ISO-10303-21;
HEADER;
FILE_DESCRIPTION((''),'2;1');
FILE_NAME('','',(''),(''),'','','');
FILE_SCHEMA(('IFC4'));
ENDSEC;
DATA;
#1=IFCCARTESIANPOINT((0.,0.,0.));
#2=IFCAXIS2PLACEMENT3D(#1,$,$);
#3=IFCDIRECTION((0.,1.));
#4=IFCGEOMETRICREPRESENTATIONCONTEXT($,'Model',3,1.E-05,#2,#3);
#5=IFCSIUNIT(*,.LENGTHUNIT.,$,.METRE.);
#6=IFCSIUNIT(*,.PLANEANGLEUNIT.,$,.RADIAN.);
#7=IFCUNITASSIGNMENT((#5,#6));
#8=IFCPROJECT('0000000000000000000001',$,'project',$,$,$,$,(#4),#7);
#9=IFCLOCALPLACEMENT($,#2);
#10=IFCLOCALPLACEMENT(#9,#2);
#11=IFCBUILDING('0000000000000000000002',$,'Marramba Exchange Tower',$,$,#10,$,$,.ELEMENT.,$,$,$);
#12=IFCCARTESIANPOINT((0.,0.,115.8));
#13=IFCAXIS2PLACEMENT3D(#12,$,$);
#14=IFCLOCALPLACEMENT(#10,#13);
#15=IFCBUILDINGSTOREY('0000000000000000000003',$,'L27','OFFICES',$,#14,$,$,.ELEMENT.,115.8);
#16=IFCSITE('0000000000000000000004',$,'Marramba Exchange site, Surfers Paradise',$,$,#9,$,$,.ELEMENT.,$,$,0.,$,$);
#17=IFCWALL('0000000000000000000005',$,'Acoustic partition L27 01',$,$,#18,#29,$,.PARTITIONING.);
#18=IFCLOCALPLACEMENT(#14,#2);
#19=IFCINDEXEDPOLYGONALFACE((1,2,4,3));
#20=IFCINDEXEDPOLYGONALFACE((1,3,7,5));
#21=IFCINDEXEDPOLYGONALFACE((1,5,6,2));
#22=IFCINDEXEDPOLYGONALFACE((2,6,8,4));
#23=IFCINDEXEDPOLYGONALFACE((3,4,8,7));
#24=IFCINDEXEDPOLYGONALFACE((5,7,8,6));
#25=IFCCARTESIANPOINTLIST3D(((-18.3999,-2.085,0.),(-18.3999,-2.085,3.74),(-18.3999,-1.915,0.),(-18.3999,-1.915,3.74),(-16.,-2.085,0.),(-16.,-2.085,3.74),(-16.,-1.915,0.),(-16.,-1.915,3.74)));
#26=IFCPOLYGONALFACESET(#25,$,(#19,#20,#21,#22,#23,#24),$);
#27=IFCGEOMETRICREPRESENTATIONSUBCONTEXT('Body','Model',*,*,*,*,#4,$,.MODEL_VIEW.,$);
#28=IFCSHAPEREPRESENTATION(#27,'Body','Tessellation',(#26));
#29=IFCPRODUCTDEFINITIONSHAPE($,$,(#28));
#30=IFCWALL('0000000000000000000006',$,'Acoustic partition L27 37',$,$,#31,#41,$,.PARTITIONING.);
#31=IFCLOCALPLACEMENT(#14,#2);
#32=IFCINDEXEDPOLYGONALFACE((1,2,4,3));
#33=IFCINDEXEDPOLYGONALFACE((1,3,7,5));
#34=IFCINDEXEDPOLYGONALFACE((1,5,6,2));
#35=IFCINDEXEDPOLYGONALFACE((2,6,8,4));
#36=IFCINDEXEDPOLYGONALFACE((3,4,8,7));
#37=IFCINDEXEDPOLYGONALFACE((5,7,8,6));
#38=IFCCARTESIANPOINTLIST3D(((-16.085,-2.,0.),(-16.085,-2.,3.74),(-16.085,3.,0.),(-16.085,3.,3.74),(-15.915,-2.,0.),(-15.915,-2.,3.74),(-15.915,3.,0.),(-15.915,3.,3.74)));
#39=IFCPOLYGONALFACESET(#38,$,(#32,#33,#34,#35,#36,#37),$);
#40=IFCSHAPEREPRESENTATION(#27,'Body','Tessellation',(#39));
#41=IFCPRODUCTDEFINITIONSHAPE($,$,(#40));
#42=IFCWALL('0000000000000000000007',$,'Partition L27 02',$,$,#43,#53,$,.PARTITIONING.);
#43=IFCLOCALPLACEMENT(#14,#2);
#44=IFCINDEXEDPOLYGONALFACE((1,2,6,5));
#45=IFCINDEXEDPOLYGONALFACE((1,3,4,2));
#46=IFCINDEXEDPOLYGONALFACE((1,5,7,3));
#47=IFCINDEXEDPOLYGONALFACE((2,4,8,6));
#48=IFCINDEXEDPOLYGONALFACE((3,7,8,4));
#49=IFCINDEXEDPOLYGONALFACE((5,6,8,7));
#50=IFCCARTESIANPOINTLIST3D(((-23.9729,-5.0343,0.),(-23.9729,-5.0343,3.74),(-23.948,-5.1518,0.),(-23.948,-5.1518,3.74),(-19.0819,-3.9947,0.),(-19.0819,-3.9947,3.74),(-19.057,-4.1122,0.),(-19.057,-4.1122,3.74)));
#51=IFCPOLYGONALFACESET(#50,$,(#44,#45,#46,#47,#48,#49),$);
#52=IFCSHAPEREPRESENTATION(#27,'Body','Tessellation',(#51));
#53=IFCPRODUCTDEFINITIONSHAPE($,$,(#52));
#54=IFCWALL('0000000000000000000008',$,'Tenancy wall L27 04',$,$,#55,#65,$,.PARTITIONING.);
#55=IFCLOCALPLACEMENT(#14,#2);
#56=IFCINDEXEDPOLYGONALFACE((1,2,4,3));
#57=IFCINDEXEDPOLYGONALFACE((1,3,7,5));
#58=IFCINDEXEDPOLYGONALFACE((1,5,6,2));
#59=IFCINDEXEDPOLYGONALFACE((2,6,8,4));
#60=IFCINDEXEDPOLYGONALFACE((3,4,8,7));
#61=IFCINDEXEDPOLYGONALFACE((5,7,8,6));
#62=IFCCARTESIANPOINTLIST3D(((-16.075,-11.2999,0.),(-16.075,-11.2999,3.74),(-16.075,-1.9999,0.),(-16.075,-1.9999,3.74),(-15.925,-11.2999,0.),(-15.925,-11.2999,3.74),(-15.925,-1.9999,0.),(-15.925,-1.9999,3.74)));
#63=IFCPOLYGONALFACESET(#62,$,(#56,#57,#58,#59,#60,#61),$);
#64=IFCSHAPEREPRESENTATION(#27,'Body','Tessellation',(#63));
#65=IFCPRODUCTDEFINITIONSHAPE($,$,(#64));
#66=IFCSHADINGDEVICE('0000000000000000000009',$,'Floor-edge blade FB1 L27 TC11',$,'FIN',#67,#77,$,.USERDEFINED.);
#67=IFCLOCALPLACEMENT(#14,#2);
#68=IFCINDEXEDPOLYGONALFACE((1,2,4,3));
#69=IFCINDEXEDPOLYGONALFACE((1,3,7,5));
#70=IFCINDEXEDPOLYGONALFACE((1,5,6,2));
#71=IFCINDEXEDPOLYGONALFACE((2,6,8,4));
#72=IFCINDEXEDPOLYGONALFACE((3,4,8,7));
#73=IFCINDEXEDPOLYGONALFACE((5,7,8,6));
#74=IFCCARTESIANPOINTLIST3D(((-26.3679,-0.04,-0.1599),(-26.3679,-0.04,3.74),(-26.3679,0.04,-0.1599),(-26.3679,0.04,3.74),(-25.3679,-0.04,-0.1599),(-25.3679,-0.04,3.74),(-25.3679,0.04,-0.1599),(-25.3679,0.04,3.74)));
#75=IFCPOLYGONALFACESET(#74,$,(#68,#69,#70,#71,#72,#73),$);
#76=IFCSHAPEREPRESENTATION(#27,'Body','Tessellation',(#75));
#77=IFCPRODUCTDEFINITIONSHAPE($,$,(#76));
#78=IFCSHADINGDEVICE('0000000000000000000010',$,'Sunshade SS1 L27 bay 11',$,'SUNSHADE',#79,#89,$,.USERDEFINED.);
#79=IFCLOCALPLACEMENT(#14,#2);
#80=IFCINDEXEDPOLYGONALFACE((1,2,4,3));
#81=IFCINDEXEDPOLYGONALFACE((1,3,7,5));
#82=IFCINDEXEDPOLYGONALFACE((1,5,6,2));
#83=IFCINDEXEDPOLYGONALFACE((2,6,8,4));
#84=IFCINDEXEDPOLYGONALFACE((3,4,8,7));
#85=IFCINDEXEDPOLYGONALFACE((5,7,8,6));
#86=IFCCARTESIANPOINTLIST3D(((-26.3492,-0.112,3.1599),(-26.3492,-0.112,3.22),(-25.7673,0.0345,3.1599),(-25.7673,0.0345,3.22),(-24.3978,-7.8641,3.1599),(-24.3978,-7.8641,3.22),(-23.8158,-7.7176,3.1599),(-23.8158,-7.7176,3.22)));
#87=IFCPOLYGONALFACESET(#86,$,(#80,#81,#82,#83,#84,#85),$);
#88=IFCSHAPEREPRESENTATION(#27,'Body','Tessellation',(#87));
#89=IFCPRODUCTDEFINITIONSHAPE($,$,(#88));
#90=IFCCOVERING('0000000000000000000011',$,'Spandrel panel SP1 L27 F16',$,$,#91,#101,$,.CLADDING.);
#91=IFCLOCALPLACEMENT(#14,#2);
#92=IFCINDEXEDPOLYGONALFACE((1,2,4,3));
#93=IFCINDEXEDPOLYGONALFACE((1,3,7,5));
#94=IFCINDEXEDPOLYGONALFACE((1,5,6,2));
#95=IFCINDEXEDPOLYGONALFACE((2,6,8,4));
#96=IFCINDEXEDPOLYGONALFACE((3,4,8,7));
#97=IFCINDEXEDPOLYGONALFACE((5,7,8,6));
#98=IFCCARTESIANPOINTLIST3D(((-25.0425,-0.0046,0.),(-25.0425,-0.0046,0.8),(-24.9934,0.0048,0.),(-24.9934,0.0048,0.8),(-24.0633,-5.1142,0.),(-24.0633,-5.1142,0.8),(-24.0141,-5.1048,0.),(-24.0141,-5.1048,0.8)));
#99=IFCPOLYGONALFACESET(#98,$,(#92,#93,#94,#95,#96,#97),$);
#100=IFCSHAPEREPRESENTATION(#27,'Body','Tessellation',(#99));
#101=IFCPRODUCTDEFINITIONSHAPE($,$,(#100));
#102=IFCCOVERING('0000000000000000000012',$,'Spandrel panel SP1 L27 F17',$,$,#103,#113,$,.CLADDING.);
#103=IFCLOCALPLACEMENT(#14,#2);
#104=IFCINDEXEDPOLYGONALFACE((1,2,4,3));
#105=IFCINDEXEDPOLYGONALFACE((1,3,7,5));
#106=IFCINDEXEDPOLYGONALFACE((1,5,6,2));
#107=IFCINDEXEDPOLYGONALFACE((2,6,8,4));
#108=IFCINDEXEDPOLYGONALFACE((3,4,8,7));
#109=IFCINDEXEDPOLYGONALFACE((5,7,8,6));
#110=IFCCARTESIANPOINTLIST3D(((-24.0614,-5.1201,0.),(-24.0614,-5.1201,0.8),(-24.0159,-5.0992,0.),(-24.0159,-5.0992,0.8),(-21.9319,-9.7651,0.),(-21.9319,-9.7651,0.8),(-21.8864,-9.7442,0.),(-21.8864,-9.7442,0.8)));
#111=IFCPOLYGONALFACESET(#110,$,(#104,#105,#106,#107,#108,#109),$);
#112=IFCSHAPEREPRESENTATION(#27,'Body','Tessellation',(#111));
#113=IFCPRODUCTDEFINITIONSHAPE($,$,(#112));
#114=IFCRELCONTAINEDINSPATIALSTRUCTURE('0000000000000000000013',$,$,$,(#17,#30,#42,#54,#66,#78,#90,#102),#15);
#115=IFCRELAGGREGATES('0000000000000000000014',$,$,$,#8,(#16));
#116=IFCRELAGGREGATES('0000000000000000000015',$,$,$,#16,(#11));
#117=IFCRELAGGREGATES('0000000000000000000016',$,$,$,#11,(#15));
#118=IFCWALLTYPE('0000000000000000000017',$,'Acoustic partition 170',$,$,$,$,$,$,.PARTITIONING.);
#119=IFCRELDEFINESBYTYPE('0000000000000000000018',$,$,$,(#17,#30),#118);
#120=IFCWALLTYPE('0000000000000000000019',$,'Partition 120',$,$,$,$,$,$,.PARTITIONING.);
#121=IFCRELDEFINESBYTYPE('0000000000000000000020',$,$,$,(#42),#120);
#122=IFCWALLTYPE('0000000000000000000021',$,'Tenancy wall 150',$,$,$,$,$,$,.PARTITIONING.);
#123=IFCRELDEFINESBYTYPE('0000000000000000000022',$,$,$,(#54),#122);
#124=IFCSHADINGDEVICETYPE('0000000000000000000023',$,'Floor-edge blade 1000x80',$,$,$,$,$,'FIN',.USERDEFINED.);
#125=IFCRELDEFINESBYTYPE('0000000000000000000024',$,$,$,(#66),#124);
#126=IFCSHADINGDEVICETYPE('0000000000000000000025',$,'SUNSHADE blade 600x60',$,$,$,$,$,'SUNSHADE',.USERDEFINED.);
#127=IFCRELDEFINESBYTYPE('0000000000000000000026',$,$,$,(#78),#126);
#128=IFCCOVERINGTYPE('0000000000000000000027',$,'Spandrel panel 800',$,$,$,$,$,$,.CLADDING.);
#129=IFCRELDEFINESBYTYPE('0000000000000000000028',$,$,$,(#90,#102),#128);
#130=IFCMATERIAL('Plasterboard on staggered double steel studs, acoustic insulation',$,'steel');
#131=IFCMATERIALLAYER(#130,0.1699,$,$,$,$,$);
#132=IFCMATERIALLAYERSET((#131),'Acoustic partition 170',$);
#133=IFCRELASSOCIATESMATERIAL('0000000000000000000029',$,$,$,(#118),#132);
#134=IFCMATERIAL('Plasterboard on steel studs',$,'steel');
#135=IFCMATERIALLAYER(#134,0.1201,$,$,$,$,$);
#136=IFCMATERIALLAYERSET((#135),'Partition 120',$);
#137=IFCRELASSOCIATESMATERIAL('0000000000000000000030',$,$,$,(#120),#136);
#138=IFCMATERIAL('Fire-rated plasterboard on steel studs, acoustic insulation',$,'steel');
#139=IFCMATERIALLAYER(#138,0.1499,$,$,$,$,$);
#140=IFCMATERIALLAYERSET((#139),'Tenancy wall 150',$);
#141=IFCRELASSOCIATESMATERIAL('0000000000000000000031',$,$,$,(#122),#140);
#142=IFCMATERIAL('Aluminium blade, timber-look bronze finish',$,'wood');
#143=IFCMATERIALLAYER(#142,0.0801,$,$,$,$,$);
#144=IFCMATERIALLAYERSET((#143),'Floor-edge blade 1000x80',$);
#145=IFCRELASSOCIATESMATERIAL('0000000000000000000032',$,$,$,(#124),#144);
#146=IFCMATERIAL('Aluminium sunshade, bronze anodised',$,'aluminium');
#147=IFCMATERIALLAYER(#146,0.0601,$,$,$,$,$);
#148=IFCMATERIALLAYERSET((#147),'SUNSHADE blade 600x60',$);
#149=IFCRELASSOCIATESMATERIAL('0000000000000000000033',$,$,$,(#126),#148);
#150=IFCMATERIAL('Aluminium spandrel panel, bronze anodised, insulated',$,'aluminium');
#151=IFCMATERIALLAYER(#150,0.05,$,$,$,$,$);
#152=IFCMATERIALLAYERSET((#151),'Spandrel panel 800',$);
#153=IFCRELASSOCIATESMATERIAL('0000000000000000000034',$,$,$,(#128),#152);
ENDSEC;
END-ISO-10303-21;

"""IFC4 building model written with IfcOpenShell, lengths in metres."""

from ifc_helpers import new_model, si_unit, direction, frame, frame_2d, origin, origin_2d, place, context, subcontext, project, spatial, rectangle, extrude, material, layer, layer_set, type_object, element, save


model = new_model("IFC4")

# Units and contexts
model_context = context("Model", 3, precision=1e-05, world=origin(), true_north=direction((0.0, 1.0)))
body_context = subcontext(model_context, "Body", "Model", "MODEL_VIEW")
ifc_project = project(units=[si_unit("LENGTHUNIT", "METRE"), si_unit("PLANEANGLEUNIT", "RADIAN")], contexts=[model_context])

# Site, building, storey
site_placement = place(None, origin())
site = spatial("IfcSite", under=ifc_project, at=site_placement, Name="Marramba Exchange site, Surfers Paradise", CompositionType="ELEMENT", RefElevation=0.0)
building_placement = place(site_placement, origin())
building = spatial("IfcBuilding", under=site, at=building_placement, Name="Marramba Exchange Tower", CompositionType="ELEMENT")
storey_placement = place(building_placement, frame((0.0, 0.0, 115.8)))
storey = spatial("IfcBuildingStorey", under=building, at=storey_placement, Name="L27", Description="OFFICES", CompositionType="ELEMENT", Elevation=115.8)

# Walls
ifc_material_1 = material(Name="Plasterboard on staggered double steel studs, acoustic insulation", Category="steel")
ifc_layer_1 = layer(ifc_material_1, 0.1699)
ifc_layer_set_1 = layer_set([ifc_layer_1], Name="Acoustic partition 170")
wall_type_1 = type_object("IfcWallType", Name="Acoustic partition 170", PredefinedType="PARTITIONING", material=ifc_layer_set_1)
wall_1_placement = place(storey_placement, frame((-18.3999, -2.0, 0.0), z_axis=(0.0, 0.0, 1.0), x_axis=(1.0, 0.0, 0.0)))
element("IfcWall", 1, at=wall_1_placement, inside=storey, type_object=wall_type_1, Name="Acoustic partition L27 01", PredefinedType="PARTITIONING", context=body_context, shape_type="SweptSolid", body=[
    extrude(rectangle(XDim=2.3999, YDim=0.1699, at=frame_2d((1.2, 0.0))), origin(), (0.0, 0.0, 1.0), 3.74),
])
wall_2_placement = place(storey_placement, frame((-16.0, -2.0, 0.0), z_axis=(0.0, 0.0, 1.0), x_axis=(0.0, 1.0, 0.0)))
element("IfcWall", 2, at=wall_2_placement, inside=storey, type_object=wall_type_1, Name="Acoustic partition L27 37", PredefinedType="PARTITIONING", context=body_context, shape_type="SweptSolid", body=[
    extrude(rectangle(XDim=5.0, YDim=0.1699, at=frame_2d((2.5, 0.0))), origin(), (0.0, 0.0, 1.0), 3.74),
])
ifc_material_2 = material(Name="Plasterboard on steel studs", Category="steel")
ifc_layer_2 = layer(ifc_material_2, 0.1201)
ifc_layer_set_2 = layer_set([ifc_layer_2], Name="Partition 120")
wall_type_2 = type_object("IfcWallType", Name="Partition 120", PredefinedType="PARTITIONING", material=ifc_layer_set_2)
wall_3_placement = place(storey_placement, frame((-19.0696, -4.0535, 0.0), z_axis=(0.0, 0.0, 1.0), x_axis=(-0.978149, -0.207905, 0.0)))
element("IfcWall", 3, at=wall_3_placement, inside=storey, type_object=wall_type_2, Name="Partition L27 02", PredefinedType="PARTITIONING", context=body_context, shape_type="SweptSolid", body=[
    extrude(rectangle(XDim=5.0002, YDim=0.1201, at=frame_2d((2.5, 0.0))), origin(), (0.0, 0.0, 1.0), 3.74),
])
ifc_material_3 = material(Name="Fire-rated plasterboard on steel studs, acoustic insulation", Category="steel")
ifc_layer_3 = layer(ifc_material_3, 0.1499)
ifc_layer_set_3 = layer_set([ifc_layer_3], Name="Tenancy wall 150")
wall_type_3 = type_object("IfcWallType", Name="Tenancy wall 150", PredefinedType="PARTITIONING", material=ifc_layer_set_3)
wall_4_placement = place(storey_placement, frame((-16.0, -2.0, 0.0), z_axis=(0.0, 0.0, 1.0), x_axis=(0.0, -1.0, 0.0)))
element("IfcWall", 4, at=wall_4_placement, inside=storey, type_object=wall_type_3, Name="Tenancy wall L27 04", PredefinedType="PARTITIONING", context=body_context, shape_type="SweptSolid", body=[
    extrude(rectangle(XDim=9.3, YDim=0.1499, at=frame_2d((4.6499, 0.0))), origin(), (0.0, 0.0, 1.0), 3.74),
])

# Shading devices
ifc_material_4 = material(Name="Aluminium blade, timber-look bronze finish", Category="wood")
ifc_layer_4 = layer(ifc_material_4, 0.0801)
ifc_layer_set_4 = layer_set([ifc_layer_4], Name="Floor-edge blade 1000x80")
shading_device_type_1 = type_object("IfcShadingDeviceType", Name="Floor-edge blade 1000x80", ElementType="FIN", PredefinedType="USERDEFINED", material=ifc_layer_set_4)
shading_device_1_placement = place(storey_placement, frame((-25.8679, 0.0, -0.1599), z_axis=(0.0, 0.0, 1.0), x_axis=(-1.0, 0.0, 0.0)))
element("IfcShadingDevice", 5, at=shading_device_1_placement, inside=storey, type_object=shading_device_type_1, Name="Floor-edge blade FB1 L27 TC11", ObjectType="FIN", PredefinedType="USERDEFINED", context=body_context, shape_type="SweptSolid", body=[
    extrude(rectangle(XDim=1.0, YDim=0.0801, at=origin_2d()), origin(), (0.0, 0.0, 1.0), 3.8999),
])
ifc_material_5 = material(Name="Aluminium sunshade, bronze anodised", Category="aluminium")
ifc_layer_5 = layer(ifc_material_5, 0.0601)
ifc_layer_set_5 = layer_set([ifc_layer_5], Name="SUNSHADE blade 600x60")
shading_device_type_2 = type_object("IfcShadingDeviceType", Name="SUNSHADE blade 600x60", ElementType="SUNSHADE", PredefinedType="USERDEFINED", material=ifc_layer_set_5)
shading_device_2_placement = place(storey_placement, frame((-25.0825, -3.9148, 3.1599), z_axis=(0.0, 0.0, 1.0), x_axis=(0.244117, -0.969746, 0.0)))
element("IfcShadingDevice", 6, at=shading_device_2_placement, inside=storey, type_object=shading_device_type_2, Name="Sunshade SS1 L27 bay 11", ObjectType="SUNSHADE", PredefinedType="USERDEFINED", context=body_context, shape_type="SweptSolid", body=[
    extrude(rectangle(XDim=7.9939, YDim=0.6001, at=origin_2d()), origin(), (0.0, 0.0, 1.0), 0.0601),
])

# Coverings
ifc_material_6 = material(Name="Aluminium spandrel panel, bronze anodised, insulated", Category="aluminium")
ifc_layer_6 = layer(ifc_material_6, 0.05)
ifc_layer_set_6 = layer_set([ifc_layer_6], Name="Spandrel panel 800")
covering_type = type_object("IfcCoveringType", Name="Spandrel panel 800", PredefinedType="CLADDING", material=ifc_layer_set_6)
covering_1_placement = place(storey_placement, frame((-24.5283, -2.5547, 0.0), z_axis=(0.0, 0.0, 1.0), x_axis=(0.188227, -0.982126, 0.0)))
element("IfcCovering", 7, at=covering_1_placement, inside=storey, type_object=covering_type, Name="Spandrel panel SP1 L27 F16", PredefinedType="CLADDING", context=body_context, shape_type="SweptSolid", body=[
    extrude(rectangle(XDim=5.2026, YDim=0.05, at=origin_2d()), origin(), (0.0, 0.0, 1.0), 0.8),
])
covering_2_placement = place(storey_placement, frame((-22.9739, -7.4321, 0.0), z_axis=(0.0, 0.0, 1.0), x_axis=(0.416738, -0.909027, 0.0)))
element("IfcCovering", 8, at=covering_2_placement, inside=storey, type_object=covering_type, Name="Spandrel panel SP1 L27 F17", PredefinedType="CLADDING", context=body_context, shape_type="SweptSolid", body=[
    extrude(rectangle(XDim=5.1099, YDim=0.05, at=origin_2d()), origin(), (0.0, 0.0, 1.0), 0.8),
])

save(model, "model.ifc")
